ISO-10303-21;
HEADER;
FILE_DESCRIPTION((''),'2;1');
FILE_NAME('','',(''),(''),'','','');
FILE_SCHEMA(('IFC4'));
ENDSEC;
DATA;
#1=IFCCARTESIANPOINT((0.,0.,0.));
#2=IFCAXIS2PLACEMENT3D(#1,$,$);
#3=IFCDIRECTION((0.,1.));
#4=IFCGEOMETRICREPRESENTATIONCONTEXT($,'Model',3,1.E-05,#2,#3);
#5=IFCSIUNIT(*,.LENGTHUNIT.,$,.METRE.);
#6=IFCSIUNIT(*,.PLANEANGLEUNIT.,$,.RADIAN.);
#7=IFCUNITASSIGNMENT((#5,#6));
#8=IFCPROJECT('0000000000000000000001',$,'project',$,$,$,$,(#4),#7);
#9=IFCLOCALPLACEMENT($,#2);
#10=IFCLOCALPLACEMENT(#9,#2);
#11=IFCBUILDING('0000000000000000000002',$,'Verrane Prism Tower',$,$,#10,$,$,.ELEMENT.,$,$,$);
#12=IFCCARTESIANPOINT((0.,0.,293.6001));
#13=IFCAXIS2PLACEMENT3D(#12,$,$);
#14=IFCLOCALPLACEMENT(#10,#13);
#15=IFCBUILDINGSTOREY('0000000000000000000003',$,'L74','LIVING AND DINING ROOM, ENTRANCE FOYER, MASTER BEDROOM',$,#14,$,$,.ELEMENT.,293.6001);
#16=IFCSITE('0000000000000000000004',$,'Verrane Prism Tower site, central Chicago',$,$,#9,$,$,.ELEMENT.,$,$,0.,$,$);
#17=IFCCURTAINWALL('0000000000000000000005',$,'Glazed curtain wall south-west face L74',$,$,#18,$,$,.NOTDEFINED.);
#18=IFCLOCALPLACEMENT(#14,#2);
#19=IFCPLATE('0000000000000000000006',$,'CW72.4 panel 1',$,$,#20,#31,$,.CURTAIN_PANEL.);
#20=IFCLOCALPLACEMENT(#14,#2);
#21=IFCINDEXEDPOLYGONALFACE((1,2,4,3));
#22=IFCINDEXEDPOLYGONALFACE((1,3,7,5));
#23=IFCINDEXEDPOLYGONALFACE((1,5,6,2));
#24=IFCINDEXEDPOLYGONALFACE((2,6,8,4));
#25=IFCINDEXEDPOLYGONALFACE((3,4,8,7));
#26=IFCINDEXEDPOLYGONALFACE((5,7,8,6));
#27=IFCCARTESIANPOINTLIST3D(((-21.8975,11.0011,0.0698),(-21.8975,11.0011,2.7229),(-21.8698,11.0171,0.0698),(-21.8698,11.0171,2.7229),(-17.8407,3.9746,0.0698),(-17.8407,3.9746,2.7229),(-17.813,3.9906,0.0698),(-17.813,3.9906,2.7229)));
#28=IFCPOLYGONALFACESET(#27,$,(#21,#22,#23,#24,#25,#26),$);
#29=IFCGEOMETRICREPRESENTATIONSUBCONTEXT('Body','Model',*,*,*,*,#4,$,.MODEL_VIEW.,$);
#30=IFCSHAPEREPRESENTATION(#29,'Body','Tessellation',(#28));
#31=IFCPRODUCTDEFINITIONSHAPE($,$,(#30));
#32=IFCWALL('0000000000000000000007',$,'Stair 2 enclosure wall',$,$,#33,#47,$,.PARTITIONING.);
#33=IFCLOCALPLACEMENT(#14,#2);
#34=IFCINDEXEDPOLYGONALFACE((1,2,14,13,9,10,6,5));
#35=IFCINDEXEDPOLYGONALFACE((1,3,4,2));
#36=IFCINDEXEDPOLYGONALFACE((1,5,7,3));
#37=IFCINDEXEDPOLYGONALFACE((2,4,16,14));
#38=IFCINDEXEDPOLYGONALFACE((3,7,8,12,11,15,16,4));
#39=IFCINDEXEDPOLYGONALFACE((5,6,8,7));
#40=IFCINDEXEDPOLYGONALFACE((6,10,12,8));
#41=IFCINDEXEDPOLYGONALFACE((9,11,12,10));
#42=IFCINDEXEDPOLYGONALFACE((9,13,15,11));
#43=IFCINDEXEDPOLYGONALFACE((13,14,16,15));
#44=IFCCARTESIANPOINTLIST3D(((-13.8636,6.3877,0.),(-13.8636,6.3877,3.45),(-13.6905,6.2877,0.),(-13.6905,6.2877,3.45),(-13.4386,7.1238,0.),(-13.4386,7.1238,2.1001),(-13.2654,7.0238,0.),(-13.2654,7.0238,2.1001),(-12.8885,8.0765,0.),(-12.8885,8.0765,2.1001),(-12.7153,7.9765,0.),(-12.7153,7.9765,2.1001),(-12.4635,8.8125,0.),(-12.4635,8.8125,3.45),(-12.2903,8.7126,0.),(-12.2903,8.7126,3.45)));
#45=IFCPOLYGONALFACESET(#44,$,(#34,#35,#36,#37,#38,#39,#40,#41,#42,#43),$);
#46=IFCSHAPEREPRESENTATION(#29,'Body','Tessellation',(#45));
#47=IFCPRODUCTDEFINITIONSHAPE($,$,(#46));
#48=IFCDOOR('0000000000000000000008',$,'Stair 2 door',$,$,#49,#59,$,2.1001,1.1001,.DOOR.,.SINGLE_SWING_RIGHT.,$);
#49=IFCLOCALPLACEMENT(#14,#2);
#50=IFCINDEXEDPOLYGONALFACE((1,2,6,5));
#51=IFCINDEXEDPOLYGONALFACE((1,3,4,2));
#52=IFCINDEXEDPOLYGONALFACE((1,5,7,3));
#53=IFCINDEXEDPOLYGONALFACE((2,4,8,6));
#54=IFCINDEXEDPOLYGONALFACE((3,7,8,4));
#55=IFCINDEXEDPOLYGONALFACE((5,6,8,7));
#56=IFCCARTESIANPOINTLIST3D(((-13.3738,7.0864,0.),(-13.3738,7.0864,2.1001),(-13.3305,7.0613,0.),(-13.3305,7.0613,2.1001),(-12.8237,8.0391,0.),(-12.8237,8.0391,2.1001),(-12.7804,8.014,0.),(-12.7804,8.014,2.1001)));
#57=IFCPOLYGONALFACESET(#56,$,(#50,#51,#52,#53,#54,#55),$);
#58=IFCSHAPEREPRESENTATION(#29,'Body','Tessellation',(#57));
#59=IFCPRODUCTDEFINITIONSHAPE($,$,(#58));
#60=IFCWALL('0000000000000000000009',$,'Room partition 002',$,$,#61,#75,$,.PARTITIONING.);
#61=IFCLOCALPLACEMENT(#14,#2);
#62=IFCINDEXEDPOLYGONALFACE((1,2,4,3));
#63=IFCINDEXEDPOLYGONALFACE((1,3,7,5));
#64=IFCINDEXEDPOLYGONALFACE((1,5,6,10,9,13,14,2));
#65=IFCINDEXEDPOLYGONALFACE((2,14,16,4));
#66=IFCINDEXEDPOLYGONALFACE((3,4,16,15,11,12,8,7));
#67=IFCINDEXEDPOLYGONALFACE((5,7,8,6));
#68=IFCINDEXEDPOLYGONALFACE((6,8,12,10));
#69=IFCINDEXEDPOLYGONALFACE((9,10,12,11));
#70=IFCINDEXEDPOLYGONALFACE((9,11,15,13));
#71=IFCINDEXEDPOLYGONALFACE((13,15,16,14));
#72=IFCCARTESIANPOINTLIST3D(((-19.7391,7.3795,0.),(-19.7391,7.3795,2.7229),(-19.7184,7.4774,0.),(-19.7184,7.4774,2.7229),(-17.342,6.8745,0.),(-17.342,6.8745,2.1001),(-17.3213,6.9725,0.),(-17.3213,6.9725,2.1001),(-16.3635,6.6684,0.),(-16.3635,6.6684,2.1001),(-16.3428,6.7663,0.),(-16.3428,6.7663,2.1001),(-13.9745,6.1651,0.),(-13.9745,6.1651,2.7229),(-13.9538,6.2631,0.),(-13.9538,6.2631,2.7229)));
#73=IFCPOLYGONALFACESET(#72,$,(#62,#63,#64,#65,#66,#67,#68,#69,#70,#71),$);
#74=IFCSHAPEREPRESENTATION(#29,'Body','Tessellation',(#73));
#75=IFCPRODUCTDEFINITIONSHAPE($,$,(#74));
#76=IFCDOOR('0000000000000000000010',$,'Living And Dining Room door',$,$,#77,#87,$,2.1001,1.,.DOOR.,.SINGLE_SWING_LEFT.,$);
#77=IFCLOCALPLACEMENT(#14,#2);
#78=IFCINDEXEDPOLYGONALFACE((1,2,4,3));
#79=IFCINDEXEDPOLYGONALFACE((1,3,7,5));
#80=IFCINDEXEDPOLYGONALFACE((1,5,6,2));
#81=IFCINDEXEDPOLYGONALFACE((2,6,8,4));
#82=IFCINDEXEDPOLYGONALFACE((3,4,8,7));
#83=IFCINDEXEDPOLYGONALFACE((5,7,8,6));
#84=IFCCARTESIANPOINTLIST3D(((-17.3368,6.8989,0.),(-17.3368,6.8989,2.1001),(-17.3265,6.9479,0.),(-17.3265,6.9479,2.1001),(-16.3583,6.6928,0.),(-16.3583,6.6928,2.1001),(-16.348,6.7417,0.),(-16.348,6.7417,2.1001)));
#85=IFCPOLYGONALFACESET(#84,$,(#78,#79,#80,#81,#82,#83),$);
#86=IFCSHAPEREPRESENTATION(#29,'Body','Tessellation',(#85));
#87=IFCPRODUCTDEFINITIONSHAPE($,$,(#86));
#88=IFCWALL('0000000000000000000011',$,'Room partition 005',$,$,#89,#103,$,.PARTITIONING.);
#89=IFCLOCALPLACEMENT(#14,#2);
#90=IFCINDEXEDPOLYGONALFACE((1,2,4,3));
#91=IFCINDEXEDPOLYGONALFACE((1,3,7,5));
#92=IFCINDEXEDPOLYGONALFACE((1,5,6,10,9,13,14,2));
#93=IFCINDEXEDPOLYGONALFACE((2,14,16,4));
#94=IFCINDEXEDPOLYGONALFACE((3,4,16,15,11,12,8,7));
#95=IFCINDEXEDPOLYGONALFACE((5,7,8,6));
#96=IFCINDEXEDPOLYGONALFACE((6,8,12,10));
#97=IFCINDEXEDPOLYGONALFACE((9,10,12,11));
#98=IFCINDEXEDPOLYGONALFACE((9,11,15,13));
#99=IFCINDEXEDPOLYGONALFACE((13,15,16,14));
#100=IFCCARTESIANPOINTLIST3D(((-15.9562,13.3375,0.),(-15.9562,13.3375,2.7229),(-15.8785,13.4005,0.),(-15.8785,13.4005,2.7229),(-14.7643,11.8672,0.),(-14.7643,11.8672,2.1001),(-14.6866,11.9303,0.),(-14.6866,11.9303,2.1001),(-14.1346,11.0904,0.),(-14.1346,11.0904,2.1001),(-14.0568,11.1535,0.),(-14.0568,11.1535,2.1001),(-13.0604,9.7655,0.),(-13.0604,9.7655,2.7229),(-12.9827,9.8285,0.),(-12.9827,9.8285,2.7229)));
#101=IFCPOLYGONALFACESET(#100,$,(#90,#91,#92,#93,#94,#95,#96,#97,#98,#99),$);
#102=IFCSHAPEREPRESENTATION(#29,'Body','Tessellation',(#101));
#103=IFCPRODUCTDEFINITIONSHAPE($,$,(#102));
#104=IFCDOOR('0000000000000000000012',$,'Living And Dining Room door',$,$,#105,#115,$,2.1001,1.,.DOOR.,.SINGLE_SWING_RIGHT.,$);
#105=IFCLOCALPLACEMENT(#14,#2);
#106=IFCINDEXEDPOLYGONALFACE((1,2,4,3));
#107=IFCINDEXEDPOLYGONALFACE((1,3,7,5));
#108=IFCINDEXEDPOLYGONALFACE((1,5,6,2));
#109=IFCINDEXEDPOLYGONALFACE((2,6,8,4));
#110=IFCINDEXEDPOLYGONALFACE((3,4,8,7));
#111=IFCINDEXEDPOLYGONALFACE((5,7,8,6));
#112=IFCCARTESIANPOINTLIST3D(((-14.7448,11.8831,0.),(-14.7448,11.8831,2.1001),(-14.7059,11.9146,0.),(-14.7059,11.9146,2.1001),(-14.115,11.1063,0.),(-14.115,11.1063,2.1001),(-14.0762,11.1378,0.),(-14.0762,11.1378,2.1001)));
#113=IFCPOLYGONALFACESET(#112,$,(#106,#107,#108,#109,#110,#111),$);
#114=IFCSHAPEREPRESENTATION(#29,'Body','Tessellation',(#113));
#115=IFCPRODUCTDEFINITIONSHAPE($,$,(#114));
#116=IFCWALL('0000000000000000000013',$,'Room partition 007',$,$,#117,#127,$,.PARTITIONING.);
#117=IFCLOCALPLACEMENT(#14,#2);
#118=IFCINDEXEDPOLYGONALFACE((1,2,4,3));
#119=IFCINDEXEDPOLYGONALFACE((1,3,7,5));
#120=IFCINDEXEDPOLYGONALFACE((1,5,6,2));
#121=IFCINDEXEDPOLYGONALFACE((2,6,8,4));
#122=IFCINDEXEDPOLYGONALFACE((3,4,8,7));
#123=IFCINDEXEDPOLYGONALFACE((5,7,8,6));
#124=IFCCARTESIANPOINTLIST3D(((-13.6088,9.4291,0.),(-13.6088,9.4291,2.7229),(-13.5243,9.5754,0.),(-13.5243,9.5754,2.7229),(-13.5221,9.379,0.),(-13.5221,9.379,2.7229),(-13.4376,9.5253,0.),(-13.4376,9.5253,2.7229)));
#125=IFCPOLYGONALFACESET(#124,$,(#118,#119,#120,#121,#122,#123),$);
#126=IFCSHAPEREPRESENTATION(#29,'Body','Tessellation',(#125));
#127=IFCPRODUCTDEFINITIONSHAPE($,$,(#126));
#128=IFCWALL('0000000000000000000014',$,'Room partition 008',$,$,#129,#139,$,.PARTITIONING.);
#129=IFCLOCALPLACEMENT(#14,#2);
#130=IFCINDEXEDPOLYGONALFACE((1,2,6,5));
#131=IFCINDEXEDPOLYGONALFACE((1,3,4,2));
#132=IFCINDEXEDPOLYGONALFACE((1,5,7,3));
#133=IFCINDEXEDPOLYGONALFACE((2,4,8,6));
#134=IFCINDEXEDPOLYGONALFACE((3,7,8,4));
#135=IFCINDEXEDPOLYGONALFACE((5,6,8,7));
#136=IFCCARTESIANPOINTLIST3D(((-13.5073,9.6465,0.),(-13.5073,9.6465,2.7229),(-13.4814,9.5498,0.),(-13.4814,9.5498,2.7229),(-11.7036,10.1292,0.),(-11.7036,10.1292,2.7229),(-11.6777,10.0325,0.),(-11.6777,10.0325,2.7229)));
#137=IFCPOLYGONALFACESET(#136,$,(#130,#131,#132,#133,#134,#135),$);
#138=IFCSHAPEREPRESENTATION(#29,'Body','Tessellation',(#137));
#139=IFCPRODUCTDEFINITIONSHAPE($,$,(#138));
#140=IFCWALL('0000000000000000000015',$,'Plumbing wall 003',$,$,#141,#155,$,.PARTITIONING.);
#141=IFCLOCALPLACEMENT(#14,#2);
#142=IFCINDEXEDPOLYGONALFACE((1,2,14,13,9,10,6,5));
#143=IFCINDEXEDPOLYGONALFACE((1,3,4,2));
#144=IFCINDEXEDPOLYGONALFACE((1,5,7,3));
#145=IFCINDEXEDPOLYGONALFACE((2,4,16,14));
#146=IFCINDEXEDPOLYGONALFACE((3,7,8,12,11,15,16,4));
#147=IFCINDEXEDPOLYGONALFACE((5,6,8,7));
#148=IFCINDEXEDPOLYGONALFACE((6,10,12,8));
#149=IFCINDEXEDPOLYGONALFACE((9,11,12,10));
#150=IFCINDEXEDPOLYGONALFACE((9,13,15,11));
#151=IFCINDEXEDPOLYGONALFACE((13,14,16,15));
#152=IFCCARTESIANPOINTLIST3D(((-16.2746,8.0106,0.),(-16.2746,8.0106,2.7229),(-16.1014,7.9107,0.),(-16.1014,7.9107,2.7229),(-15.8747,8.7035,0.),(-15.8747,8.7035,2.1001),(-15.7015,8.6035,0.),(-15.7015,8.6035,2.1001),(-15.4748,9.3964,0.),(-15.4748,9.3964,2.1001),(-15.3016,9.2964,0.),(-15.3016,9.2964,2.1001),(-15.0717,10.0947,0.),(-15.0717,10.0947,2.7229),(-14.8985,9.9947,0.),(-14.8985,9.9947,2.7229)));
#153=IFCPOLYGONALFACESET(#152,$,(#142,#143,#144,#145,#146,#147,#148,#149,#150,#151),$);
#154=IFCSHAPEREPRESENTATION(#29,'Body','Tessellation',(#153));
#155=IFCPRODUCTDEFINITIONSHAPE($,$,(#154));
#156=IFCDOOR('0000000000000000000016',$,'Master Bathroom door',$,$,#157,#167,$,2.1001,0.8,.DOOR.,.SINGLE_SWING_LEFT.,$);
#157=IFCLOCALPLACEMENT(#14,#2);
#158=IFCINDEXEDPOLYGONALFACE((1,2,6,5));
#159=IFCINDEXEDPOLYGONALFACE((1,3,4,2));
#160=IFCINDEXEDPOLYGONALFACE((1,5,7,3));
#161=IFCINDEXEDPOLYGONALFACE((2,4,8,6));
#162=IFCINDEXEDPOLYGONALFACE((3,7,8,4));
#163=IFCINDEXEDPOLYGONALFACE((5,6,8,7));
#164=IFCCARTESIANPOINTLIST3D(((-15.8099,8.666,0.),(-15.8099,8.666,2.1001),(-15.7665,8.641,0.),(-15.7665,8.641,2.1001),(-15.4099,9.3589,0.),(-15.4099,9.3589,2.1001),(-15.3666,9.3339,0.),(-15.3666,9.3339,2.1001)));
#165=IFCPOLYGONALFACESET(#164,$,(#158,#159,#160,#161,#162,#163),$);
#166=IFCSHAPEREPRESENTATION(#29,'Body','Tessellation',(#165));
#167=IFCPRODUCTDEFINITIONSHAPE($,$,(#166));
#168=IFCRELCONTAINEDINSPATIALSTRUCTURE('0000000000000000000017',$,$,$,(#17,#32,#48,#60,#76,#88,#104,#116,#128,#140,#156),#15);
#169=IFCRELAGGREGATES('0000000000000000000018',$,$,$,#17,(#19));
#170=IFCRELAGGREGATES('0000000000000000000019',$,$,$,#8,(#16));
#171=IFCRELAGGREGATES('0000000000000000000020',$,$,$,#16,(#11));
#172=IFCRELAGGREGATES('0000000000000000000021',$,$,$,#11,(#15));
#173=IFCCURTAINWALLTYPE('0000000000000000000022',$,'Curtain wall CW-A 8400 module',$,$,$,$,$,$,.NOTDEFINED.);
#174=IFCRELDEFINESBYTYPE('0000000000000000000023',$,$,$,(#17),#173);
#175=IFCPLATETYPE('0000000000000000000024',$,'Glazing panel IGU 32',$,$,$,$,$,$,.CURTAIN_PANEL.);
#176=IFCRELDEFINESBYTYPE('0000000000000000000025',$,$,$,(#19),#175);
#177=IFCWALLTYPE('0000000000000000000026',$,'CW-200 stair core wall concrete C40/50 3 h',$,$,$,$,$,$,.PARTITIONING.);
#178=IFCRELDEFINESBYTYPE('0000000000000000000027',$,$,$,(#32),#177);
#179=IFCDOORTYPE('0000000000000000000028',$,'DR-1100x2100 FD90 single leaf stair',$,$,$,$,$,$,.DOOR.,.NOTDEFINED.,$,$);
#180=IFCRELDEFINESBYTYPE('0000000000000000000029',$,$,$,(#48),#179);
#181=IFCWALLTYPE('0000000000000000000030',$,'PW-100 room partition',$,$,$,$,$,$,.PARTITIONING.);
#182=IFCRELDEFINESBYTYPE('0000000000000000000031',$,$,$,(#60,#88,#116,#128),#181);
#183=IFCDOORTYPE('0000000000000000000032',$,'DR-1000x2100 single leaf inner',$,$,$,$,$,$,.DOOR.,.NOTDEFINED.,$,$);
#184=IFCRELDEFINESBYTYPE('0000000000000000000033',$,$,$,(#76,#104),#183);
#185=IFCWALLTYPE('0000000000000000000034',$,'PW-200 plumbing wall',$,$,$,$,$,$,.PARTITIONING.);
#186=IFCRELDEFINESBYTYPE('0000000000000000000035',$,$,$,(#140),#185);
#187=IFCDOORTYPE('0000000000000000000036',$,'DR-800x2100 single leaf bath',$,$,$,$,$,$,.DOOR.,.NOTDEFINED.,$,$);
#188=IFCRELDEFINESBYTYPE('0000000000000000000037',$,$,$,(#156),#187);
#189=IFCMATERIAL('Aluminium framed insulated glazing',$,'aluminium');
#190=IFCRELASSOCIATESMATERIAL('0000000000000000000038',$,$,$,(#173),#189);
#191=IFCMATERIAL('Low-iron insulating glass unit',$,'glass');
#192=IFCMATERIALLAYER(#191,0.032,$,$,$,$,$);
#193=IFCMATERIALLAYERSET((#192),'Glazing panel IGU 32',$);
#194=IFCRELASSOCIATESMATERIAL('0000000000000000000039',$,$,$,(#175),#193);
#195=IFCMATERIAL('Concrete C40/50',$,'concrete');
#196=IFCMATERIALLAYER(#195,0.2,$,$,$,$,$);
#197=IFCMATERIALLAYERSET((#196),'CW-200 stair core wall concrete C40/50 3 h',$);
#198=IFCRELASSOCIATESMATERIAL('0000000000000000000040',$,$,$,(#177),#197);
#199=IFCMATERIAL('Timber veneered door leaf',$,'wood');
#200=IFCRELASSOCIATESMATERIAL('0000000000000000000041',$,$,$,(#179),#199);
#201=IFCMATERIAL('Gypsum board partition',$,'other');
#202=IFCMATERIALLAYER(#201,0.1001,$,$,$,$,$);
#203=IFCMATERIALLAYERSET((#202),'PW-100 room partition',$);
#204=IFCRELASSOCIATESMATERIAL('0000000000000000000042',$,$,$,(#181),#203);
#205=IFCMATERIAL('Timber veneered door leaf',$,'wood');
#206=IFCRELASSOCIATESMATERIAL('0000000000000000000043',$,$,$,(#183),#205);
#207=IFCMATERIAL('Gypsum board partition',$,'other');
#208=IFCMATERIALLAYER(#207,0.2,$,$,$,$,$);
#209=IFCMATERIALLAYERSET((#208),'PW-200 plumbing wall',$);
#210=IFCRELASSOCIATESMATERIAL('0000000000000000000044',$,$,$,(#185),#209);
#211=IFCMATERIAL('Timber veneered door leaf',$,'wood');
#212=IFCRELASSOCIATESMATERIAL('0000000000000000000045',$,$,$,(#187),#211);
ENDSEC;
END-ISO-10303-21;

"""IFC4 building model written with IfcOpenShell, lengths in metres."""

from ifc_helpers import new_model, si_unit, direction, frame, frame_2d, origin, origin_2d, place, context, subcontext, project, spatial, rectangle, extrude, material, layer, layer_set, type_object, element, fill, aggregate, save


model = new_model("IFC4")

# Units and contexts
model_context = context("Model", 3, precision=1e-05, world=origin(), true_north=direction((0.0, 1.0)))
body_context = subcontext(model_context, "Body", "Model", "MODEL_VIEW")
ifc_project = project(units=[si_unit("LENGTHUNIT", "METRE"), si_unit("PLANEANGLEUNIT", "RADIAN")], contexts=[model_context])

# Site, building, storey
site_placement = place(None, origin())
site = spatial("IfcSite", under=ifc_project, at=site_placement, Name="Verrane Prism Tower site, central Chicago", CompositionType="ELEMENT", RefElevation=0.0)
building_placement = place(site_placement, origin())
building = spatial("IfcBuilding", under=site, at=building_placement, Name="Verrane Prism Tower", CompositionType="ELEMENT")
storey_placement = place(building_placement, frame((0.0, 0.0, 293.6001)))
storey = spatial("IfcBuildingStorey", under=building, at=storey_placement, Name="L74", Description="LIVING AND DINING ROOM, ENTRANCE FOYER, MASTER BEDROOM", CompositionType="ELEMENT", Elevation=293.6001)

# Curtain wall
ifc_material_1 = material(Name="Aluminium framed insulated glazing", Category="aluminium")
curtain_wall_type = type_object("IfcCurtainWallType", Name="Curtain wall CW-A 8400 module", PredefinedType="NOTDEFINED", material=ifc_material_1)
curtain_wall_placement = place(storey_placement, origin())
curtain_wall = element("IfcCurtainWall", 1, at=curtain_wall_placement, inside=storey, type_object=curtain_wall_type, Name="Glazed curtain wall south-west face L74", PredefinedType="NOTDEFINED")

# Plate
ifc_material_2 = material(Name="Low-iron insulating glass unit", Category="glass")
ifc_layer_1 = layer(ifc_material_2, 0.032)
ifc_layer_set_1 = layer_set([ifc_layer_1], Name="Glazing panel IGU 32")
plate_type = type_object("IfcPlateType", Name="Glazing panel IGU 32", PredefinedType="CURTAIN_PANEL", material=ifc_layer_set_1)
plate_placement = place(storey_placement, frame((-19.8552, 7.4958, 0.0698), z_axis=(0.0, 0.0, 1.0), x_axis=(0.500001, -0.866025, 0.0)))
plate = element("IfcPlate", 2, at=plate_placement, type_object=plate_type, Name="CW72.4 panel 1", PredefinedType="CURTAIN_PANEL", context=body_context, shape_type="SweptSolid", body=[
    extrude(rectangle(XDim=8.1135, YDim=0.032, at=origin_2d()), origin(), (0.0, 0.0, 1.0), 2.6531),
])
aggregate(curtain_wall, [plate])

# Walls, openings, doors
ifc_material_3 = material(Name="Concrete C40/50", Category="concrete")
ifc_layer_2 = layer(ifc_material_3, 0.2)
ifc_layer_set_2 = layer_set([ifc_layer_2], Name="CW-200 stair core wall concrete C40/50 3 h")
wall_type_1 = type_object("IfcWallType", Name="CW-200 stair core wall concrete C40/50 3 h", PredefinedType="PARTITIONING", material=ifc_layer_set_2)
wall_1_placement = place(storey_placement, frame((-12.377, 8.7625, 0.0), z_axis=(0.0, 0.0, 1.0), x_axis=(-0.50005, -0.865997, 0.0)))
wall_1 = element("IfcWall", 3, at=wall_1_placement, inside=storey, type_object=wall_type_1, Name="Stair 2 enclosure wall", PredefinedType="PARTITIONING", context=body_context, shape_type="SweptSolid", body=[
    extrude(rectangle(XDim=2.8, YDim=0.2, at=frame_2d((1.3999, 0.0))), origin(), (0.0, 0.0, 1.0), 3.45),
])
opening_1_placement = place(wall_1_placement, frame((0.8499, 0.0, 0.0)))
opening_1 = element("IfcOpeningElement", 4, at=opening_1_placement, cuts=wall_1, PredefinedType="OPENING", context=body_context, shape_type="SweptSolid", body=[
    extrude(rectangle(XDim=1.1001, YDim=2.1001, at=frame_2d((0.55, 1.05))), frame((0.0, 0.1099, 0.0), z_axis=(0.0, -1.0, 0.0), x_axis=(1.0, 0.0, 0.0)), (0.0, 0.0, 1.0), 0.22),
])
ifc_material_4 = material(Name="Timber veneered door leaf", Category="wood")
door_type_1 = type_object("IfcDoorType", Name="DR-1100x2100 FD90 single leaf stair", OperationType="NOTDEFINED", PredefinedType="DOOR", material=ifc_material_4)
door_1_placement = place(opening_1_placement, origin())
door_1 = element("IfcDoor", 5, at=door_1_placement, inside=storey, type_object=door_type_1, Name="Stair 2 door", OperationType="SINGLE_SWING_RIGHT", OverallHeight=2.1001, OverallWidth=1.1001, PredefinedType="DOOR", context=body_context, shape_type="SweptSolid", body=[
    extrude(rectangle(XDim=1.1001, YDim=2.1001, at=frame_2d((0.55, 1.05))), frame((0.0, 0.0249, 0.0), z_axis=(0.0, -1.0, 0.0), x_axis=(1.0, 0.0, 0.0)), (0.0, 0.0, 1.0), 0.05),
])
fill(opening_1, door_1)
ifc_material_5 = material(Name="Gypsum board partition", Category="other")
ifc_layer_3 = layer(ifc_material_5, 0.1001)
ifc_layer_set_3 = layer_set([ifc_layer_3], Name="PW-100 room partition")
wall_type_2 = type_object("IfcWallType", Name="PW-100 room partition", PredefinedType="PARTITIONING", material=ifc_layer_set_3)
wall_2_placement = place(storey_placement, frame((-19.7288, 7.4285, 0.0), z_axis=(0.0, 0.0, 1.0), x_axis=(0.978524, -0.206132, 0.0)))
wall_2 = element("IfcWall", 6, at=wall_2_placement, inside=storey, type_object=wall_type_2, Name="Room partition 002", PredefinedType="PARTITIONING", context=body_context, shape_type="SweptSolid", body=[
    extrude(rectangle(XDim=5.8911, YDim=0.1001, at=frame_2d((2.9456, 0.0))), origin(), (0.0, 0.0, 1.0), 2.7229),
])
opening_2_placement = place(wall_2_placement, frame((2.4497, 0.0, 0.0)))
opening_2 = element("IfcOpeningElement", 7, at=opening_2_placement, cuts=wall_2, PredefinedType="OPENING", context=body_context, shape_type="SweptSolid", body=[
    extrude(rectangle(XDim=1.0, YDim=2.1001, at=frame_2d((0.5, 1.05))), frame((0.0, 0.0601, 0.0), z_axis=(0.0, -1.0, 0.0), x_axis=(1.0, 0.0, 0.0)), (0.0, 0.0, 1.0), 0.1201),
])
ifc_material_6 = material(Name="Timber veneered door leaf", Category="wood")
door_type_2 = type_object("IfcDoorType", Name="DR-1000x2100 single leaf inner", OperationType="NOTDEFINED", PredefinedType="DOOR", material=ifc_material_6)
door_2_placement = place(opening_2_placement, origin())
door_2 = element("IfcDoor", 8, at=door_2_placement, inside=storey, type_object=door_type_2, Name="Living And Dining Room door", OperationType="SINGLE_SWING_LEFT", OverallHeight=2.1001, OverallWidth=1.0, PredefinedType="DOOR", context=body_context, shape_type="SweptSolid", body=[
    extrude(rectangle(XDim=1.0, YDim=2.1001, at=frame_2d((0.5, 1.05))), frame((0.0, 0.0249, 0.0), z_axis=(0.0, -1.0, 0.0), x_axis=(1.0, 0.0, 0.0)), (0.0, 0.0, 1.0), 0.05),
])
fill(opening_2, door_2)
wall_3_placement = place(storey_placement, frame((-13.0215, 9.7969, 0.0), z_axis=(0.0, 0.0, 1.0), x_axis=(-0.629739, 0.776807, 0.0)))
wall_3 = element("IfcWall", 9, at=wall_3_placement, inside=storey, type_object=wall_type_2, Name="Room partition 005", PredefinedType="PARTITIONING", context=body_context, shape_type="SweptSolid", body=[
    extrude(rectangle(XDim=4.5984, YDim=0.1001, at=frame_2d((2.2993, 0.0))), origin(), (0.0, 0.0, 1.0), 2.7229),
])
opening_3_placement = place(wall_3_placement, frame((1.7058, 0.0, 0.0)))
opening_3 = element("IfcOpeningElement", 10, at=opening_3_placement, cuts=wall_3, PredefinedType="OPENING", context=body_context, shape_type="SweptSolid", body=[
    extrude(rectangle(XDim=1.0, YDim=2.1001, at=frame_2d((0.5, 1.05))), frame((0.0, 0.0601, 0.0), z_axis=(0.0, -1.0, 0.0), x_axis=(1.0, 0.0, 0.0)), (0.0, 0.0, 1.0), 0.1201),
])
door_3_placement = place(opening_3_placement, origin())
door_3 = element("IfcDoor", 11, at=door_3_placement, inside=storey, type_object=door_type_2, Name="Living And Dining Room door", OperationType="SINGLE_SWING_RIGHT", OverallHeight=2.1001, OverallWidth=1.0, PredefinedType="DOOR", context=body_context, shape_type="SweptSolid", body=[
    extrude(rectangle(XDim=1.0, YDim=2.1001, at=frame_2d((0.5, 1.05))), frame((0.0, 0.0249, 0.0), z_axis=(0.0, -1.0, 0.0), x_axis=(1.0, 0.0, 0.0)), (0.0, 0.0, 1.0), 0.05),
])
fill(opening_3, door_3)

# Walls
wall_4_placement = place(storey_placement, frame((-13.5654, 9.4041, 0.0), z_axis=(0.0, 0.0, 1.0), x_axis=(0.500181, 0.865921, 0.0)))
element("IfcWall", 12, at=wall_4_placement, inside=storey, type_object=wall_type_2, Name="Room partition 007", PredefinedType="PARTITIONING", context=body_context, shape_type="SweptSolid", body=[
    extrude(rectangle(XDim=0.1689, YDim=0.1001, at=frame_2d((0.0845, 0.0))), origin(), (0.0, 0.0, 1.0), 2.7229),
])
wall_5_placement = place(storey_placement, frame((-13.4944, 9.5981, 0.0), z_axis=(0.0, 0.0, 1.0), x_axis=(0.966011, 0.258501, 0.0)))
element("IfcWall", 13, at=wall_5_placement, inside=storey, type_object=wall_type_2, Name="Room partition 008", PredefinedType="PARTITIONING", context=body_context, shape_type="SweptSolid", body=[
    extrude(rectangle(XDim=1.8672, YDim=0.1001, at=frame_2d((0.9336, 0.0))), origin(), (0.0, 0.0, 1.0), 2.7229),
])

# Wall, opening, door
ifc_material_7 = material(Name="Gypsum board partition", Category="other")
ifc_layer_4 = layer(ifc_material_7, 0.2)
ifc_layer_set_4 = layer_set([ifc_layer_4], Name="PW-200 plumbing wall")
wall_type_3 = type_object("IfcWallType", Name="PW-200 plumbing wall", PredefinedType="PARTITIONING", material=ifc_layer_set_4)
wall_6_placement = place(storey_placement, frame((-14.9851, 10.0447, 0.0), z_axis=(0.0, 0.0, 1.0), x_axis=(-0.499904, -0.866081, 0.0)))
wall_6 = element("IfcWall", 14, at=wall_6_placement, inside=storey, type_object=wall_type_3, Name="Plumbing wall 003", PredefinedType="PARTITIONING", context=body_context, shape_type="SweptSolid", body=[
    extrude(rectangle(XDim=2.4062, YDim=0.2, at=frame_2d((1.2031, 0.0))), origin(), (0.0, 0.0, 1.0), 2.7229),
])
opening_4_placement = place(wall_6_placement, frame((0.8064, 0.0, 0.0)))
opening_4 = element("IfcOpeningElement", 15, at=opening_4_placement, cuts=wall_6, PredefinedType="OPENING", context=body_context, shape_type="SweptSolid", body=[
    extrude(rectangle(XDim=0.8, YDim=2.1001, at=frame_2d((0.3999, 1.05))), frame((0.0, 0.1099, 0.0), z_axis=(0.0, -1.0, 0.0), x_axis=(1.0, 0.0, 0.0)), (0.0, 0.0, 1.0), 0.22),
])
ifc_material_8 = material(Name="Timber veneered door leaf", Category="wood")
door_type_3 = type_object("IfcDoorType", Name="DR-800x2100 single leaf bath", OperationType="NOTDEFINED", PredefinedType="DOOR", material=ifc_material_8)
door_4_placement = place(opening_4_placement, origin())
door_4 = element("IfcDoor", 16, at=door_4_placement, inside=storey, type_object=door_type_3, Name="Master Bathroom door", OperationType="SINGLE_SWING_LEFT", OverallHeight=2.1001, OverallWidth=0.8, PredefinedType="DOOR", context=body_context, shape_type="SweptSolid", body=[
    extrude(rectangle(XDim=0.8, YDim=2.1001, at=frame_2d((0.3999, 1.05))), frame((0.0, 0.0249, 0.0), z_axis=(0.0, -1.0, 0.0), x_axis=(1.0, 0.0, 0.0)), (0.0, 0.0, 1.0), 0.05),
])
fill(opening_4, door_4)

save(model, "model.ifc")
